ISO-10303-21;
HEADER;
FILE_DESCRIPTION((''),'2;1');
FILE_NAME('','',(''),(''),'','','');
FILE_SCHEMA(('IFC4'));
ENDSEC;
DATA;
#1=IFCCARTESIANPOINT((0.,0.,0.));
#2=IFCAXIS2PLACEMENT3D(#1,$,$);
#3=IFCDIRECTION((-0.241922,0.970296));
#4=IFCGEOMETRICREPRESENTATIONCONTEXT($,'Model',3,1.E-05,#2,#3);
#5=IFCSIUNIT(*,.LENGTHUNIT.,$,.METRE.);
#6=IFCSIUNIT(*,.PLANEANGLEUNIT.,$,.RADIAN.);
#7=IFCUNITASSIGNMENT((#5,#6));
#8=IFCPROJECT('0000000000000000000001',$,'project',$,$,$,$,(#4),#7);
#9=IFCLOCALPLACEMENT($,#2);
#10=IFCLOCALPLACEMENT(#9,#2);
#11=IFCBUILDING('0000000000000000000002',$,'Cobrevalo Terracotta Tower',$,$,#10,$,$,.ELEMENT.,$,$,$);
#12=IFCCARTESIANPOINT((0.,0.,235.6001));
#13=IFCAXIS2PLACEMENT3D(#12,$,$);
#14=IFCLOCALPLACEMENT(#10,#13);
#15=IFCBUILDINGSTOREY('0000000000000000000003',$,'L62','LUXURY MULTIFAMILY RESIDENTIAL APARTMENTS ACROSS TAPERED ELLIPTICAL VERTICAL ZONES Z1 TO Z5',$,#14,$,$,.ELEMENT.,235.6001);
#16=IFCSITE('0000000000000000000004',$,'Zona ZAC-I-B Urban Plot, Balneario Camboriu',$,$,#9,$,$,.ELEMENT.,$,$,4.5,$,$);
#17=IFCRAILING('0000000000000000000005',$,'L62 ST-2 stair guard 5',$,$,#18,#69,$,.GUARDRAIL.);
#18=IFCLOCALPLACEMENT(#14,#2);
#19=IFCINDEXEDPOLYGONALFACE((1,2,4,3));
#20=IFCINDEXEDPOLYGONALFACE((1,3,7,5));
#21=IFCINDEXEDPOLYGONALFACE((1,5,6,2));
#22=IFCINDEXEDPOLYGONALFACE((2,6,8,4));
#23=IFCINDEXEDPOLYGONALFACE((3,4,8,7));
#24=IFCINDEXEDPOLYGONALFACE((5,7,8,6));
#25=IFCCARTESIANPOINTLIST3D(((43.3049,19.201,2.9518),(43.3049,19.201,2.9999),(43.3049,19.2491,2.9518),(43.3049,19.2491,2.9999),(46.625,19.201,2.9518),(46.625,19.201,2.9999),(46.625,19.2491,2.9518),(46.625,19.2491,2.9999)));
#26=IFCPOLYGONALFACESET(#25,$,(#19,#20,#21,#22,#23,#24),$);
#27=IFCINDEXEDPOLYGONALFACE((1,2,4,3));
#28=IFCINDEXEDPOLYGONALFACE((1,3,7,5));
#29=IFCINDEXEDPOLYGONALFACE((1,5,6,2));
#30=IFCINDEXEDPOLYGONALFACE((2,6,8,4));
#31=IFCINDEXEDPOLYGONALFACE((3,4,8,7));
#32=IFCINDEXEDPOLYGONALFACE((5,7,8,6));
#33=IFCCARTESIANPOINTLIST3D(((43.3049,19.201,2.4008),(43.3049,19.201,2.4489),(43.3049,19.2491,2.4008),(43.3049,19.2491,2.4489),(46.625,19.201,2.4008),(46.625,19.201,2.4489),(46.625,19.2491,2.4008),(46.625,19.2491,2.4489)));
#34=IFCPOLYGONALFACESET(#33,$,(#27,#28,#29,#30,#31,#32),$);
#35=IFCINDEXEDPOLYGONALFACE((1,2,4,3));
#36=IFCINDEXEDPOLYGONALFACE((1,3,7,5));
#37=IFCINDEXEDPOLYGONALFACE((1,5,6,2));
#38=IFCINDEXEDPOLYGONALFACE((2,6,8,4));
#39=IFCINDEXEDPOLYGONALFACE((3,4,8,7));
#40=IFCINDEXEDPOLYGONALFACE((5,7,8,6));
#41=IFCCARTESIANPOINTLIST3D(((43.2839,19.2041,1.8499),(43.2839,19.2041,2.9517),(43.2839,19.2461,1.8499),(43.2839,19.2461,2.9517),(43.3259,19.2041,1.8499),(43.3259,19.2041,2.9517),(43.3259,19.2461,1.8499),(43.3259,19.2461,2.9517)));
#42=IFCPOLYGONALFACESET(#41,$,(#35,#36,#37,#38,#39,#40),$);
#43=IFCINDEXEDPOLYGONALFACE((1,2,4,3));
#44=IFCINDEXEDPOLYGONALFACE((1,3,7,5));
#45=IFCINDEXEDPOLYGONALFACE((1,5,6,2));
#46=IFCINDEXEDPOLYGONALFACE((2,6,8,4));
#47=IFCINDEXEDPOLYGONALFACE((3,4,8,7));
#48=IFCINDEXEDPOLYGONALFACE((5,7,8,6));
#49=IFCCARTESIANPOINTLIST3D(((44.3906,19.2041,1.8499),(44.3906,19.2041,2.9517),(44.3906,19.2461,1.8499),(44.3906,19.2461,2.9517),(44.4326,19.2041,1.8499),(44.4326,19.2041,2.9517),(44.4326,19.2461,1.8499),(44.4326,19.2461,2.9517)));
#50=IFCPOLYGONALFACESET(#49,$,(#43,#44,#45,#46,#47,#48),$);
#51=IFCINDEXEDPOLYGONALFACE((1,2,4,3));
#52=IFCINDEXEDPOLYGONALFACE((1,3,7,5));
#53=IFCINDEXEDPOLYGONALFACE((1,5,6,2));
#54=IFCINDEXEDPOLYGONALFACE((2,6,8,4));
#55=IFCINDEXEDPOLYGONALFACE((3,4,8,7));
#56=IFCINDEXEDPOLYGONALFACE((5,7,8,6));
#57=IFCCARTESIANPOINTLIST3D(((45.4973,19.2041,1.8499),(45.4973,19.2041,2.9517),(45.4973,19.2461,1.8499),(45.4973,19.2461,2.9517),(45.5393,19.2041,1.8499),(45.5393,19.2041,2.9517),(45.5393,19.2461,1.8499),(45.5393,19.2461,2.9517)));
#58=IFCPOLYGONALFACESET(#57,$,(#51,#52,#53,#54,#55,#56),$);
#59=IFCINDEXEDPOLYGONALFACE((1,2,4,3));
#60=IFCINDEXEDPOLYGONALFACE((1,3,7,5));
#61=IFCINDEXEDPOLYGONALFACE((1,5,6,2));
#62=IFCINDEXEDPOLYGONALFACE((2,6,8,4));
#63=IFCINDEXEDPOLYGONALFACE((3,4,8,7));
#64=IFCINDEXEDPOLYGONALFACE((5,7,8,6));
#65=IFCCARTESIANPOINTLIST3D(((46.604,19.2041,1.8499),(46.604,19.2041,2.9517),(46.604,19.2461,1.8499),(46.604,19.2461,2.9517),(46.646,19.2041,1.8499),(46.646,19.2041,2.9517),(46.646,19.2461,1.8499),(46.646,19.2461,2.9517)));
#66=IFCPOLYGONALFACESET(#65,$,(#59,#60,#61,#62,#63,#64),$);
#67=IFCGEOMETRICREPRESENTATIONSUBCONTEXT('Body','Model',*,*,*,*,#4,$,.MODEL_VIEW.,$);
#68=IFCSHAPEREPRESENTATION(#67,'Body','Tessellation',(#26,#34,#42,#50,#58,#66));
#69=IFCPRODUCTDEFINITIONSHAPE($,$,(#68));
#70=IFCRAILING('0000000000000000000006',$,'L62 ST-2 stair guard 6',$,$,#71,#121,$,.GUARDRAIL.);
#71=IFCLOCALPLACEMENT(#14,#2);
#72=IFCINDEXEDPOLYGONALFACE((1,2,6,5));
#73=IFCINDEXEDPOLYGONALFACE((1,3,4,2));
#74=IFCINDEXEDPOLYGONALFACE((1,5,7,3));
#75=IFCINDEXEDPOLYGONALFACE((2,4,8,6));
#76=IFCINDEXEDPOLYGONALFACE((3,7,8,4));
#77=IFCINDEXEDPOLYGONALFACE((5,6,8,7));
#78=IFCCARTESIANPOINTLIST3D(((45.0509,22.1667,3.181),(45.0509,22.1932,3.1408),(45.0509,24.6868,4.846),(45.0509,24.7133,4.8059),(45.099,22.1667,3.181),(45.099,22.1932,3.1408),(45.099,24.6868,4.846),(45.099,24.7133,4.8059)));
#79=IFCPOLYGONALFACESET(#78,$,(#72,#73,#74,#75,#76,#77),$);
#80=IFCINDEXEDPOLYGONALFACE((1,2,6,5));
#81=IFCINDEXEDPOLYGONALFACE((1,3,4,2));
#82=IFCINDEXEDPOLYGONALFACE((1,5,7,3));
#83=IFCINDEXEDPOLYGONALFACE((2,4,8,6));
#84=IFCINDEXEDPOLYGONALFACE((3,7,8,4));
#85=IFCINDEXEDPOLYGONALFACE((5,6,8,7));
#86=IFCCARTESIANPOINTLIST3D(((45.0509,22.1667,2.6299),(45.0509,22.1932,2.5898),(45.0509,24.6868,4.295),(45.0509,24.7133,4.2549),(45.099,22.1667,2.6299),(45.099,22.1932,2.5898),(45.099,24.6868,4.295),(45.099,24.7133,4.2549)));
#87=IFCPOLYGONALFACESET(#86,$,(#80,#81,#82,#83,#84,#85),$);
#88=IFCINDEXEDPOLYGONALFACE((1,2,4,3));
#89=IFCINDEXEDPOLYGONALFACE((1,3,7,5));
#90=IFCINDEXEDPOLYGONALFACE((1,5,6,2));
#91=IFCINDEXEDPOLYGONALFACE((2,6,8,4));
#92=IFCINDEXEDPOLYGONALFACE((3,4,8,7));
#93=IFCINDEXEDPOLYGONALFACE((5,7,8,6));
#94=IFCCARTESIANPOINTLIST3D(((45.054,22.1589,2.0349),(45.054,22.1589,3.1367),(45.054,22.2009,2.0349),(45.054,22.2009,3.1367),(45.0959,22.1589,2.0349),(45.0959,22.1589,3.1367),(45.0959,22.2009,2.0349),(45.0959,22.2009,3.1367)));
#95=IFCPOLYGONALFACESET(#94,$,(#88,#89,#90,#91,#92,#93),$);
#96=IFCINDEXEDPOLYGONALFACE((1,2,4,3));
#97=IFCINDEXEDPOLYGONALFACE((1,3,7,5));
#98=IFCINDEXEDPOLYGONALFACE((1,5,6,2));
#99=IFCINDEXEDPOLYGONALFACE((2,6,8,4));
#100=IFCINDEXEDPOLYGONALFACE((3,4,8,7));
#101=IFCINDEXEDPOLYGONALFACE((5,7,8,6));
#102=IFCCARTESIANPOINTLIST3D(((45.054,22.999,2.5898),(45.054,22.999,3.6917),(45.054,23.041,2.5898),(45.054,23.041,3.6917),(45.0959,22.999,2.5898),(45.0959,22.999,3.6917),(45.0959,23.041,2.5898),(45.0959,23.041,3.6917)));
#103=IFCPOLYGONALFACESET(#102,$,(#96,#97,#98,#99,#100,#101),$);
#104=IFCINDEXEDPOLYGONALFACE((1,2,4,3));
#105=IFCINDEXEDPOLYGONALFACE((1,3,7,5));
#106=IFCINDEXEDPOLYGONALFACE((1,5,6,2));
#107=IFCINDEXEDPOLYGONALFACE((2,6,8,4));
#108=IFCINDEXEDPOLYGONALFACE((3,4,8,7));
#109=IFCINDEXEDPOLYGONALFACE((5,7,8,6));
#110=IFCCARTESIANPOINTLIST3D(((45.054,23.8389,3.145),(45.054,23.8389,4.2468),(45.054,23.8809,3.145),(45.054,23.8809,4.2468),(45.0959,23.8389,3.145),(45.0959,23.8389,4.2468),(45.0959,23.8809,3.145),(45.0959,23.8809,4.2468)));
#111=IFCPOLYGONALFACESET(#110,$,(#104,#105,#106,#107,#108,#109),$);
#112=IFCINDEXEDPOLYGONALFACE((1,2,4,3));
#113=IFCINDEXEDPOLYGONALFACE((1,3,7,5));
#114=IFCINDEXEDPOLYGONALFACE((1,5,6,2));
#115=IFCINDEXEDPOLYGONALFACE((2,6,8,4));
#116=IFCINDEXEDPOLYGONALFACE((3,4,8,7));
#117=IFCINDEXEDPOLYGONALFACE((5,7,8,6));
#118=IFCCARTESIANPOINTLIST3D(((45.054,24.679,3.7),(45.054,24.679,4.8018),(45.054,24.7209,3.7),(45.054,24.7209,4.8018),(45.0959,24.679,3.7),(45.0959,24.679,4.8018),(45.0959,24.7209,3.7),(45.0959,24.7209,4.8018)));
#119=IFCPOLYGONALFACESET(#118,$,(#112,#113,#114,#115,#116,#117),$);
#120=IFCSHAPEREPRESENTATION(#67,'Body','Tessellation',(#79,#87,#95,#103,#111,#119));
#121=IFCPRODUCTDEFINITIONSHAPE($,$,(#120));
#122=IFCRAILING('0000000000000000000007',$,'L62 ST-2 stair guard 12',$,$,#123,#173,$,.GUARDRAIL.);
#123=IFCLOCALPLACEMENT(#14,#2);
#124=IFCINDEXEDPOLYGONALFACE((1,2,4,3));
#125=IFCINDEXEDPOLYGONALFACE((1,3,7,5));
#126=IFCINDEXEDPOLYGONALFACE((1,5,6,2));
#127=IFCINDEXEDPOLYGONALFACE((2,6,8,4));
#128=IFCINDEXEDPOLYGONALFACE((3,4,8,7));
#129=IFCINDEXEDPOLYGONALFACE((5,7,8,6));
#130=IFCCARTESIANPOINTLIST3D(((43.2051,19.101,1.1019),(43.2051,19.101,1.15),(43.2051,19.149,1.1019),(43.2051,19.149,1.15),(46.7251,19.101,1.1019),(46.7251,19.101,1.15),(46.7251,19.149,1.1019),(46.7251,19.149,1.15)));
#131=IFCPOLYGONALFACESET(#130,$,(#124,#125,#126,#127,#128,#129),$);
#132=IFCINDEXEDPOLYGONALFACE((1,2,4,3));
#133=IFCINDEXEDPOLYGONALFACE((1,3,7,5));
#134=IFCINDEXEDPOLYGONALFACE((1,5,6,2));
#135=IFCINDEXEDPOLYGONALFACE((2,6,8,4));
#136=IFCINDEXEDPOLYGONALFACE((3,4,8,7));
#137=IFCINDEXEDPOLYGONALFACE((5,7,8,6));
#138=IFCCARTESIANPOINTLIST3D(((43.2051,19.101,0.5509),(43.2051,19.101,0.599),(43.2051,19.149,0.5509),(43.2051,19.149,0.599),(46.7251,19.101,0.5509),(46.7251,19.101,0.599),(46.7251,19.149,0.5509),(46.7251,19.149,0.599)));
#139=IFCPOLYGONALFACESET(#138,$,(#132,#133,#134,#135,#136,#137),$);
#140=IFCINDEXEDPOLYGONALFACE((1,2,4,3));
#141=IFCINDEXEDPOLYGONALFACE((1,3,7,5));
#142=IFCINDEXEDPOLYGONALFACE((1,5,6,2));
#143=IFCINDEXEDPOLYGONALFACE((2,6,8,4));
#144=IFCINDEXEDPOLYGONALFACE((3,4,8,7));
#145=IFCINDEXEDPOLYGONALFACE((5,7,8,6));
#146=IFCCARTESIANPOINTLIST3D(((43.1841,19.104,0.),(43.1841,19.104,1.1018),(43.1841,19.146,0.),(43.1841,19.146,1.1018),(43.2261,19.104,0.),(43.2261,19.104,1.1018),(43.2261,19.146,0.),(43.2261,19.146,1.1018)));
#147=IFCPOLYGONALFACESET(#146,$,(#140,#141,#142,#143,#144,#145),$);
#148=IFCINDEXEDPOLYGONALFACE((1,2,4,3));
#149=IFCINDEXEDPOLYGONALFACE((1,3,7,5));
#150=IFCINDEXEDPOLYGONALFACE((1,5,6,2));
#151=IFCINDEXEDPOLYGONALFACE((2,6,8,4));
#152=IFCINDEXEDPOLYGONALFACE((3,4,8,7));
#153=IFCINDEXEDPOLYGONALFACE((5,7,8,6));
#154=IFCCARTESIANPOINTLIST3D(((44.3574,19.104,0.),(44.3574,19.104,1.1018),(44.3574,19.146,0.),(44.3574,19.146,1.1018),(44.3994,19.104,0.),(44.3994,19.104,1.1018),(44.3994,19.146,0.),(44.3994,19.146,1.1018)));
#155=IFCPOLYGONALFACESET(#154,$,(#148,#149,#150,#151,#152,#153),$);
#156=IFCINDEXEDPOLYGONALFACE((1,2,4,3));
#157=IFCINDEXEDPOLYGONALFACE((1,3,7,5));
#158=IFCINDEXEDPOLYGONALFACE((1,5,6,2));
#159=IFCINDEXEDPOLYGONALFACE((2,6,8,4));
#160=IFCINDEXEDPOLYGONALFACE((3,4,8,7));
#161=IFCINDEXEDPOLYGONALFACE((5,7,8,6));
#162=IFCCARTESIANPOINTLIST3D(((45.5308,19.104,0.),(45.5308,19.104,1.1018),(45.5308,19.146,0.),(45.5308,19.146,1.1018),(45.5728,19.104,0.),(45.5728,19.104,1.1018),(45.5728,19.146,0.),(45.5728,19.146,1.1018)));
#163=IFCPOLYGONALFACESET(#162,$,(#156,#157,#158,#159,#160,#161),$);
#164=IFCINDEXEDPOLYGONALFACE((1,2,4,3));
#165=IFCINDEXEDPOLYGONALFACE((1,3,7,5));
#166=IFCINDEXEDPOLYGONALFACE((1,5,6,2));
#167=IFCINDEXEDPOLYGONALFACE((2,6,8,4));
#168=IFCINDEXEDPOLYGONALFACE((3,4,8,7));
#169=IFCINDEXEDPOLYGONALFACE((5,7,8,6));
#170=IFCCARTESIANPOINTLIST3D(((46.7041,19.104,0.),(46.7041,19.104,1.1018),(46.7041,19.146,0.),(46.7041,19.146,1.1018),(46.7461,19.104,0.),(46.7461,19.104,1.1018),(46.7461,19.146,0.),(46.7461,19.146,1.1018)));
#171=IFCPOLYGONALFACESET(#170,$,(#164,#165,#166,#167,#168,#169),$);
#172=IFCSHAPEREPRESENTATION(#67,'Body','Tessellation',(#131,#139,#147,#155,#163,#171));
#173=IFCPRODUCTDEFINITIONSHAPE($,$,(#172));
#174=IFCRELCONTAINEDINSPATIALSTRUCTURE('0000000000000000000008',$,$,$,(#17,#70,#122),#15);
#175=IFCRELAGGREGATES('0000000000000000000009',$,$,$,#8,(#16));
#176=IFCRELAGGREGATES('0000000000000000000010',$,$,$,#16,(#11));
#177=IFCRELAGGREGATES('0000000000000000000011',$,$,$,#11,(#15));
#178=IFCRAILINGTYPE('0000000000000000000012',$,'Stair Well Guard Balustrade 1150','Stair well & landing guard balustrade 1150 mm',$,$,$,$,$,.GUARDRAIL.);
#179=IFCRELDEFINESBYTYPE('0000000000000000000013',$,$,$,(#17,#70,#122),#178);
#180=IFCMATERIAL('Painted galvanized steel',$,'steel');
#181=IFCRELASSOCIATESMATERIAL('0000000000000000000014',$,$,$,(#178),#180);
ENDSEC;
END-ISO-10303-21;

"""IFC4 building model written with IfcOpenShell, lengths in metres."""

from ifc_helpers import new_model, si_unit, direction, frame, origin, origin_2d, place, context, subcontext, project, spatial, rectangle, extrude, material, type_object, element, save


model = new_model("IFC4")

# Units and contexts
model_context = context("Model", 3, precision=1e-05, world=origin(), true_north=direction((-0.241922, 0.970296)))
body_context = subcontext(model_context, "Body", "Model", "MODEL_VIEW")
ifc_project = project(units=[si_unit("LENGTHUNIT", "METRE"), si_unit("PLANEANGLEUNIT", "RADIAN")], contexts=[model_context])

# Site, building, storey
site_placement = place(None, origin())
site = spatial("IfcSite", under=ifc_project, at=site_placement, Name="Zona ZAC-I-B Urban Plot, Balneario Camboriu", CompositionType="ELEMENT", RefElevation=4.5)
building_placement = place(site_placement, origin())
building = spatial("IfcBuilding", under=site, at=building_placement, Name="Cobrevalo Terracotta Tower", CompositionType="ELEMENT")
storey_placement = place(building_placement, frame((0.0, 0.0, 235.6001)))
storey = spatial("IfcBuildingStorey", under=building, at=storey_placement, Name="L62", Description="LUXURY MULTIFAMILY RESIDENTIAL APARTMENTS ACROSS TAPERED ELLIPTICAL VERTICAL ZONES Z1 TO Z5", CompositionType="ELEMENT", Elevation=235.6001)

# Railings
ifc_material_1 = material(Name="Painted galvanized steel", Category="steel")
railing_type_1 = type_object("IfcRailingType", Name="Stair Well Guard Balustrade 1150", Description="Stair well & landing guard balustrade 1150 mm", PredefinedType="GUARDRAIL", material=ifc_material_1)
railing_1_placement = place(storey_placement, frame((43.3049, 19.2251, 1.8499)))
element("IfcRailing", 1, at=railing_1_placement, inside=storey, type_object=railing_type_1, Name="L62 ST-2 stair guard 5", PredefinedType="GUARDRAIL", context=body_context, shape_type="SweptSolid", body=[
    extrude(rectangle(XDim=0.0481, YDim=0.0481, at=origin_2d()), frame((0.0, 0.0, 1.126), z_axis=(1.0, 0.0, 0.0), x_axis=(0.0, 1.0, 0.0)), (0.0, 0.0, 1.0), 3.3201),
    extrude(rectangle(XDim=0.0481, YDim=0.0481, at=origin_2d()), frame((0.0, 0.0, 0.575), z_axis=(1.0, 0.0, 0.0), x_axis=(0.0, 1.0, 0.0)), (0.0, 0.0, 1.0), 3.3201),
    extrude(rectangle(XDim=0.042, YDim=0.042, at=origin_2d()), origin(), (0.0, 0.0, 1.0), 1.1018),
    extrude(rectangle(XDim=0.042, YDim=0.042, at=origin_2d()), frame((1.1067, 0.0, 0.0)), (0.0, 0.0, 1.0), 1.1018),
    extrude(rectangle(XDim=0.042, YDim=0.042, at=origin_2d()), frame((2.2134, 0.0, 0.0)), (0.0, 0.0, 1.0), 1.1018),
    extrude(rectangle(XDim=0.042, YDim=0.042, at=origin_2d()), frame((3.3201, 0.0, 0.0)), (0.0, 0.0, 1.0), 1.1018),
])
railing_2_placement = place(storey_placement, frame((45.075, 22.1799, 2.0349)))
element("IfcRailing", 2, at=railing_2_placement, inside=storey, type_object=railing_type_1, Name="L62 ST-2 stair guard 6", PredefinedType="GUARDRAIL", context=body_context, shape_type="SweptSolid", body=[
    extrude(rectangle(XDim=0.0481, YDim=0.0481, at=origin_2d()), frame((0.0, 0.0, 1.126), z_axis=(0.0, 0.834331, 0.551263), x_axis=(-1.0, 0.0, 0.0)), (0.0, 0.0, 1.0), 3.0205),
    extrude(rectangle(XDim=0.0481, YDim=0.0481, at=origin_2d()), frame((0.0, 0.0, 0.575), z_axis=(0.0, 0.834331, 0.551263), x_axis=(-1.0, 0.0, 0.0)), (0.0, 0.0, 1.0), 3.0205),
    extrude(rectangle(XDim=0.042, YDim=0.042, at=origin_2d()), origin(), (0.0, 0.0, 1.0), 1.1018),
    extrude(rectangle(XDim=0.042, YDim=0.042, at=origin_2d()), frame((0.0, 0.8401, 0.5549)), (0.0, 0.0, 1.0), 1.1018),
    extrude(rectangle(XDim=0.042, YDim=0.042, at=origin_2d()), frame((0.0, 1.6799, 1.1101)), (0.0, 0.0, 1.0), 1.1018),
    extrude(rectangle(XDim=0.042, YDim=0.042, at=origin_2d()), frame((0.0, 2.52, 1.665)), (0.0, 0.0, 1.0), 1.1018),
])
railing_3_placement = place(storey_placement, frame((43.2051, 19.125, 0.0)))
element("IfcRailing", 3, at=railing_3_placement, inside=storey, type_object=railing_type_1, Name="L62 ST-2 stair guard 12", PredefinedType="GUARDRAIL", context=body_context, shape_type="SweptSolid", body=[
    extrude(rectangle(XDim=0.0481, YDim=0.0481, at=origin_2d()), frame((0.0, 0.0, 1.126), z_axis=(1.0, 0.0, 0.0), x_axis=(0.0, 1.0, 0.0)), (0.0, 0.0, 1.0), 3.52),
    extrude(rectangle(XDim=0.0481, YDim=0.0481, at=origin_2d()), frame((0.0, 0.0, 0.575), z_axis=(1.0, 0.0, 0.0), x_axis=(0.0, 1.0, 0.0)), (0.0, 0.0, 1.0), 3.52),
    extrude(rectangle(XDim=0.042, YDim=0.042, at=origin_2d()), origin(), (0.0, 0.0, 1.0), 1.1018),
    extrude(rectangle(XDim=0.042, YDim=0.042, at=origin_2d()), frame((1.1733, 0.0, 0.0)), (0.0, 0.0, 1.0), 1.1018),
    extrude(rectangle(XDim=0.042, YDim=0.042, at=origin_2d()), frame((2.3467, 0.0, 0.0)), (0.0, 0.0, 1.0), 1.1018),
    extrude(rectangle(XDim=0.042, YDim=0.042, at=origin_2d()), frame((3.52, 0.0, 0.0)), (0.0, 0.0, 1.0), 1.1018),
])

save(model, "model.ifc")
